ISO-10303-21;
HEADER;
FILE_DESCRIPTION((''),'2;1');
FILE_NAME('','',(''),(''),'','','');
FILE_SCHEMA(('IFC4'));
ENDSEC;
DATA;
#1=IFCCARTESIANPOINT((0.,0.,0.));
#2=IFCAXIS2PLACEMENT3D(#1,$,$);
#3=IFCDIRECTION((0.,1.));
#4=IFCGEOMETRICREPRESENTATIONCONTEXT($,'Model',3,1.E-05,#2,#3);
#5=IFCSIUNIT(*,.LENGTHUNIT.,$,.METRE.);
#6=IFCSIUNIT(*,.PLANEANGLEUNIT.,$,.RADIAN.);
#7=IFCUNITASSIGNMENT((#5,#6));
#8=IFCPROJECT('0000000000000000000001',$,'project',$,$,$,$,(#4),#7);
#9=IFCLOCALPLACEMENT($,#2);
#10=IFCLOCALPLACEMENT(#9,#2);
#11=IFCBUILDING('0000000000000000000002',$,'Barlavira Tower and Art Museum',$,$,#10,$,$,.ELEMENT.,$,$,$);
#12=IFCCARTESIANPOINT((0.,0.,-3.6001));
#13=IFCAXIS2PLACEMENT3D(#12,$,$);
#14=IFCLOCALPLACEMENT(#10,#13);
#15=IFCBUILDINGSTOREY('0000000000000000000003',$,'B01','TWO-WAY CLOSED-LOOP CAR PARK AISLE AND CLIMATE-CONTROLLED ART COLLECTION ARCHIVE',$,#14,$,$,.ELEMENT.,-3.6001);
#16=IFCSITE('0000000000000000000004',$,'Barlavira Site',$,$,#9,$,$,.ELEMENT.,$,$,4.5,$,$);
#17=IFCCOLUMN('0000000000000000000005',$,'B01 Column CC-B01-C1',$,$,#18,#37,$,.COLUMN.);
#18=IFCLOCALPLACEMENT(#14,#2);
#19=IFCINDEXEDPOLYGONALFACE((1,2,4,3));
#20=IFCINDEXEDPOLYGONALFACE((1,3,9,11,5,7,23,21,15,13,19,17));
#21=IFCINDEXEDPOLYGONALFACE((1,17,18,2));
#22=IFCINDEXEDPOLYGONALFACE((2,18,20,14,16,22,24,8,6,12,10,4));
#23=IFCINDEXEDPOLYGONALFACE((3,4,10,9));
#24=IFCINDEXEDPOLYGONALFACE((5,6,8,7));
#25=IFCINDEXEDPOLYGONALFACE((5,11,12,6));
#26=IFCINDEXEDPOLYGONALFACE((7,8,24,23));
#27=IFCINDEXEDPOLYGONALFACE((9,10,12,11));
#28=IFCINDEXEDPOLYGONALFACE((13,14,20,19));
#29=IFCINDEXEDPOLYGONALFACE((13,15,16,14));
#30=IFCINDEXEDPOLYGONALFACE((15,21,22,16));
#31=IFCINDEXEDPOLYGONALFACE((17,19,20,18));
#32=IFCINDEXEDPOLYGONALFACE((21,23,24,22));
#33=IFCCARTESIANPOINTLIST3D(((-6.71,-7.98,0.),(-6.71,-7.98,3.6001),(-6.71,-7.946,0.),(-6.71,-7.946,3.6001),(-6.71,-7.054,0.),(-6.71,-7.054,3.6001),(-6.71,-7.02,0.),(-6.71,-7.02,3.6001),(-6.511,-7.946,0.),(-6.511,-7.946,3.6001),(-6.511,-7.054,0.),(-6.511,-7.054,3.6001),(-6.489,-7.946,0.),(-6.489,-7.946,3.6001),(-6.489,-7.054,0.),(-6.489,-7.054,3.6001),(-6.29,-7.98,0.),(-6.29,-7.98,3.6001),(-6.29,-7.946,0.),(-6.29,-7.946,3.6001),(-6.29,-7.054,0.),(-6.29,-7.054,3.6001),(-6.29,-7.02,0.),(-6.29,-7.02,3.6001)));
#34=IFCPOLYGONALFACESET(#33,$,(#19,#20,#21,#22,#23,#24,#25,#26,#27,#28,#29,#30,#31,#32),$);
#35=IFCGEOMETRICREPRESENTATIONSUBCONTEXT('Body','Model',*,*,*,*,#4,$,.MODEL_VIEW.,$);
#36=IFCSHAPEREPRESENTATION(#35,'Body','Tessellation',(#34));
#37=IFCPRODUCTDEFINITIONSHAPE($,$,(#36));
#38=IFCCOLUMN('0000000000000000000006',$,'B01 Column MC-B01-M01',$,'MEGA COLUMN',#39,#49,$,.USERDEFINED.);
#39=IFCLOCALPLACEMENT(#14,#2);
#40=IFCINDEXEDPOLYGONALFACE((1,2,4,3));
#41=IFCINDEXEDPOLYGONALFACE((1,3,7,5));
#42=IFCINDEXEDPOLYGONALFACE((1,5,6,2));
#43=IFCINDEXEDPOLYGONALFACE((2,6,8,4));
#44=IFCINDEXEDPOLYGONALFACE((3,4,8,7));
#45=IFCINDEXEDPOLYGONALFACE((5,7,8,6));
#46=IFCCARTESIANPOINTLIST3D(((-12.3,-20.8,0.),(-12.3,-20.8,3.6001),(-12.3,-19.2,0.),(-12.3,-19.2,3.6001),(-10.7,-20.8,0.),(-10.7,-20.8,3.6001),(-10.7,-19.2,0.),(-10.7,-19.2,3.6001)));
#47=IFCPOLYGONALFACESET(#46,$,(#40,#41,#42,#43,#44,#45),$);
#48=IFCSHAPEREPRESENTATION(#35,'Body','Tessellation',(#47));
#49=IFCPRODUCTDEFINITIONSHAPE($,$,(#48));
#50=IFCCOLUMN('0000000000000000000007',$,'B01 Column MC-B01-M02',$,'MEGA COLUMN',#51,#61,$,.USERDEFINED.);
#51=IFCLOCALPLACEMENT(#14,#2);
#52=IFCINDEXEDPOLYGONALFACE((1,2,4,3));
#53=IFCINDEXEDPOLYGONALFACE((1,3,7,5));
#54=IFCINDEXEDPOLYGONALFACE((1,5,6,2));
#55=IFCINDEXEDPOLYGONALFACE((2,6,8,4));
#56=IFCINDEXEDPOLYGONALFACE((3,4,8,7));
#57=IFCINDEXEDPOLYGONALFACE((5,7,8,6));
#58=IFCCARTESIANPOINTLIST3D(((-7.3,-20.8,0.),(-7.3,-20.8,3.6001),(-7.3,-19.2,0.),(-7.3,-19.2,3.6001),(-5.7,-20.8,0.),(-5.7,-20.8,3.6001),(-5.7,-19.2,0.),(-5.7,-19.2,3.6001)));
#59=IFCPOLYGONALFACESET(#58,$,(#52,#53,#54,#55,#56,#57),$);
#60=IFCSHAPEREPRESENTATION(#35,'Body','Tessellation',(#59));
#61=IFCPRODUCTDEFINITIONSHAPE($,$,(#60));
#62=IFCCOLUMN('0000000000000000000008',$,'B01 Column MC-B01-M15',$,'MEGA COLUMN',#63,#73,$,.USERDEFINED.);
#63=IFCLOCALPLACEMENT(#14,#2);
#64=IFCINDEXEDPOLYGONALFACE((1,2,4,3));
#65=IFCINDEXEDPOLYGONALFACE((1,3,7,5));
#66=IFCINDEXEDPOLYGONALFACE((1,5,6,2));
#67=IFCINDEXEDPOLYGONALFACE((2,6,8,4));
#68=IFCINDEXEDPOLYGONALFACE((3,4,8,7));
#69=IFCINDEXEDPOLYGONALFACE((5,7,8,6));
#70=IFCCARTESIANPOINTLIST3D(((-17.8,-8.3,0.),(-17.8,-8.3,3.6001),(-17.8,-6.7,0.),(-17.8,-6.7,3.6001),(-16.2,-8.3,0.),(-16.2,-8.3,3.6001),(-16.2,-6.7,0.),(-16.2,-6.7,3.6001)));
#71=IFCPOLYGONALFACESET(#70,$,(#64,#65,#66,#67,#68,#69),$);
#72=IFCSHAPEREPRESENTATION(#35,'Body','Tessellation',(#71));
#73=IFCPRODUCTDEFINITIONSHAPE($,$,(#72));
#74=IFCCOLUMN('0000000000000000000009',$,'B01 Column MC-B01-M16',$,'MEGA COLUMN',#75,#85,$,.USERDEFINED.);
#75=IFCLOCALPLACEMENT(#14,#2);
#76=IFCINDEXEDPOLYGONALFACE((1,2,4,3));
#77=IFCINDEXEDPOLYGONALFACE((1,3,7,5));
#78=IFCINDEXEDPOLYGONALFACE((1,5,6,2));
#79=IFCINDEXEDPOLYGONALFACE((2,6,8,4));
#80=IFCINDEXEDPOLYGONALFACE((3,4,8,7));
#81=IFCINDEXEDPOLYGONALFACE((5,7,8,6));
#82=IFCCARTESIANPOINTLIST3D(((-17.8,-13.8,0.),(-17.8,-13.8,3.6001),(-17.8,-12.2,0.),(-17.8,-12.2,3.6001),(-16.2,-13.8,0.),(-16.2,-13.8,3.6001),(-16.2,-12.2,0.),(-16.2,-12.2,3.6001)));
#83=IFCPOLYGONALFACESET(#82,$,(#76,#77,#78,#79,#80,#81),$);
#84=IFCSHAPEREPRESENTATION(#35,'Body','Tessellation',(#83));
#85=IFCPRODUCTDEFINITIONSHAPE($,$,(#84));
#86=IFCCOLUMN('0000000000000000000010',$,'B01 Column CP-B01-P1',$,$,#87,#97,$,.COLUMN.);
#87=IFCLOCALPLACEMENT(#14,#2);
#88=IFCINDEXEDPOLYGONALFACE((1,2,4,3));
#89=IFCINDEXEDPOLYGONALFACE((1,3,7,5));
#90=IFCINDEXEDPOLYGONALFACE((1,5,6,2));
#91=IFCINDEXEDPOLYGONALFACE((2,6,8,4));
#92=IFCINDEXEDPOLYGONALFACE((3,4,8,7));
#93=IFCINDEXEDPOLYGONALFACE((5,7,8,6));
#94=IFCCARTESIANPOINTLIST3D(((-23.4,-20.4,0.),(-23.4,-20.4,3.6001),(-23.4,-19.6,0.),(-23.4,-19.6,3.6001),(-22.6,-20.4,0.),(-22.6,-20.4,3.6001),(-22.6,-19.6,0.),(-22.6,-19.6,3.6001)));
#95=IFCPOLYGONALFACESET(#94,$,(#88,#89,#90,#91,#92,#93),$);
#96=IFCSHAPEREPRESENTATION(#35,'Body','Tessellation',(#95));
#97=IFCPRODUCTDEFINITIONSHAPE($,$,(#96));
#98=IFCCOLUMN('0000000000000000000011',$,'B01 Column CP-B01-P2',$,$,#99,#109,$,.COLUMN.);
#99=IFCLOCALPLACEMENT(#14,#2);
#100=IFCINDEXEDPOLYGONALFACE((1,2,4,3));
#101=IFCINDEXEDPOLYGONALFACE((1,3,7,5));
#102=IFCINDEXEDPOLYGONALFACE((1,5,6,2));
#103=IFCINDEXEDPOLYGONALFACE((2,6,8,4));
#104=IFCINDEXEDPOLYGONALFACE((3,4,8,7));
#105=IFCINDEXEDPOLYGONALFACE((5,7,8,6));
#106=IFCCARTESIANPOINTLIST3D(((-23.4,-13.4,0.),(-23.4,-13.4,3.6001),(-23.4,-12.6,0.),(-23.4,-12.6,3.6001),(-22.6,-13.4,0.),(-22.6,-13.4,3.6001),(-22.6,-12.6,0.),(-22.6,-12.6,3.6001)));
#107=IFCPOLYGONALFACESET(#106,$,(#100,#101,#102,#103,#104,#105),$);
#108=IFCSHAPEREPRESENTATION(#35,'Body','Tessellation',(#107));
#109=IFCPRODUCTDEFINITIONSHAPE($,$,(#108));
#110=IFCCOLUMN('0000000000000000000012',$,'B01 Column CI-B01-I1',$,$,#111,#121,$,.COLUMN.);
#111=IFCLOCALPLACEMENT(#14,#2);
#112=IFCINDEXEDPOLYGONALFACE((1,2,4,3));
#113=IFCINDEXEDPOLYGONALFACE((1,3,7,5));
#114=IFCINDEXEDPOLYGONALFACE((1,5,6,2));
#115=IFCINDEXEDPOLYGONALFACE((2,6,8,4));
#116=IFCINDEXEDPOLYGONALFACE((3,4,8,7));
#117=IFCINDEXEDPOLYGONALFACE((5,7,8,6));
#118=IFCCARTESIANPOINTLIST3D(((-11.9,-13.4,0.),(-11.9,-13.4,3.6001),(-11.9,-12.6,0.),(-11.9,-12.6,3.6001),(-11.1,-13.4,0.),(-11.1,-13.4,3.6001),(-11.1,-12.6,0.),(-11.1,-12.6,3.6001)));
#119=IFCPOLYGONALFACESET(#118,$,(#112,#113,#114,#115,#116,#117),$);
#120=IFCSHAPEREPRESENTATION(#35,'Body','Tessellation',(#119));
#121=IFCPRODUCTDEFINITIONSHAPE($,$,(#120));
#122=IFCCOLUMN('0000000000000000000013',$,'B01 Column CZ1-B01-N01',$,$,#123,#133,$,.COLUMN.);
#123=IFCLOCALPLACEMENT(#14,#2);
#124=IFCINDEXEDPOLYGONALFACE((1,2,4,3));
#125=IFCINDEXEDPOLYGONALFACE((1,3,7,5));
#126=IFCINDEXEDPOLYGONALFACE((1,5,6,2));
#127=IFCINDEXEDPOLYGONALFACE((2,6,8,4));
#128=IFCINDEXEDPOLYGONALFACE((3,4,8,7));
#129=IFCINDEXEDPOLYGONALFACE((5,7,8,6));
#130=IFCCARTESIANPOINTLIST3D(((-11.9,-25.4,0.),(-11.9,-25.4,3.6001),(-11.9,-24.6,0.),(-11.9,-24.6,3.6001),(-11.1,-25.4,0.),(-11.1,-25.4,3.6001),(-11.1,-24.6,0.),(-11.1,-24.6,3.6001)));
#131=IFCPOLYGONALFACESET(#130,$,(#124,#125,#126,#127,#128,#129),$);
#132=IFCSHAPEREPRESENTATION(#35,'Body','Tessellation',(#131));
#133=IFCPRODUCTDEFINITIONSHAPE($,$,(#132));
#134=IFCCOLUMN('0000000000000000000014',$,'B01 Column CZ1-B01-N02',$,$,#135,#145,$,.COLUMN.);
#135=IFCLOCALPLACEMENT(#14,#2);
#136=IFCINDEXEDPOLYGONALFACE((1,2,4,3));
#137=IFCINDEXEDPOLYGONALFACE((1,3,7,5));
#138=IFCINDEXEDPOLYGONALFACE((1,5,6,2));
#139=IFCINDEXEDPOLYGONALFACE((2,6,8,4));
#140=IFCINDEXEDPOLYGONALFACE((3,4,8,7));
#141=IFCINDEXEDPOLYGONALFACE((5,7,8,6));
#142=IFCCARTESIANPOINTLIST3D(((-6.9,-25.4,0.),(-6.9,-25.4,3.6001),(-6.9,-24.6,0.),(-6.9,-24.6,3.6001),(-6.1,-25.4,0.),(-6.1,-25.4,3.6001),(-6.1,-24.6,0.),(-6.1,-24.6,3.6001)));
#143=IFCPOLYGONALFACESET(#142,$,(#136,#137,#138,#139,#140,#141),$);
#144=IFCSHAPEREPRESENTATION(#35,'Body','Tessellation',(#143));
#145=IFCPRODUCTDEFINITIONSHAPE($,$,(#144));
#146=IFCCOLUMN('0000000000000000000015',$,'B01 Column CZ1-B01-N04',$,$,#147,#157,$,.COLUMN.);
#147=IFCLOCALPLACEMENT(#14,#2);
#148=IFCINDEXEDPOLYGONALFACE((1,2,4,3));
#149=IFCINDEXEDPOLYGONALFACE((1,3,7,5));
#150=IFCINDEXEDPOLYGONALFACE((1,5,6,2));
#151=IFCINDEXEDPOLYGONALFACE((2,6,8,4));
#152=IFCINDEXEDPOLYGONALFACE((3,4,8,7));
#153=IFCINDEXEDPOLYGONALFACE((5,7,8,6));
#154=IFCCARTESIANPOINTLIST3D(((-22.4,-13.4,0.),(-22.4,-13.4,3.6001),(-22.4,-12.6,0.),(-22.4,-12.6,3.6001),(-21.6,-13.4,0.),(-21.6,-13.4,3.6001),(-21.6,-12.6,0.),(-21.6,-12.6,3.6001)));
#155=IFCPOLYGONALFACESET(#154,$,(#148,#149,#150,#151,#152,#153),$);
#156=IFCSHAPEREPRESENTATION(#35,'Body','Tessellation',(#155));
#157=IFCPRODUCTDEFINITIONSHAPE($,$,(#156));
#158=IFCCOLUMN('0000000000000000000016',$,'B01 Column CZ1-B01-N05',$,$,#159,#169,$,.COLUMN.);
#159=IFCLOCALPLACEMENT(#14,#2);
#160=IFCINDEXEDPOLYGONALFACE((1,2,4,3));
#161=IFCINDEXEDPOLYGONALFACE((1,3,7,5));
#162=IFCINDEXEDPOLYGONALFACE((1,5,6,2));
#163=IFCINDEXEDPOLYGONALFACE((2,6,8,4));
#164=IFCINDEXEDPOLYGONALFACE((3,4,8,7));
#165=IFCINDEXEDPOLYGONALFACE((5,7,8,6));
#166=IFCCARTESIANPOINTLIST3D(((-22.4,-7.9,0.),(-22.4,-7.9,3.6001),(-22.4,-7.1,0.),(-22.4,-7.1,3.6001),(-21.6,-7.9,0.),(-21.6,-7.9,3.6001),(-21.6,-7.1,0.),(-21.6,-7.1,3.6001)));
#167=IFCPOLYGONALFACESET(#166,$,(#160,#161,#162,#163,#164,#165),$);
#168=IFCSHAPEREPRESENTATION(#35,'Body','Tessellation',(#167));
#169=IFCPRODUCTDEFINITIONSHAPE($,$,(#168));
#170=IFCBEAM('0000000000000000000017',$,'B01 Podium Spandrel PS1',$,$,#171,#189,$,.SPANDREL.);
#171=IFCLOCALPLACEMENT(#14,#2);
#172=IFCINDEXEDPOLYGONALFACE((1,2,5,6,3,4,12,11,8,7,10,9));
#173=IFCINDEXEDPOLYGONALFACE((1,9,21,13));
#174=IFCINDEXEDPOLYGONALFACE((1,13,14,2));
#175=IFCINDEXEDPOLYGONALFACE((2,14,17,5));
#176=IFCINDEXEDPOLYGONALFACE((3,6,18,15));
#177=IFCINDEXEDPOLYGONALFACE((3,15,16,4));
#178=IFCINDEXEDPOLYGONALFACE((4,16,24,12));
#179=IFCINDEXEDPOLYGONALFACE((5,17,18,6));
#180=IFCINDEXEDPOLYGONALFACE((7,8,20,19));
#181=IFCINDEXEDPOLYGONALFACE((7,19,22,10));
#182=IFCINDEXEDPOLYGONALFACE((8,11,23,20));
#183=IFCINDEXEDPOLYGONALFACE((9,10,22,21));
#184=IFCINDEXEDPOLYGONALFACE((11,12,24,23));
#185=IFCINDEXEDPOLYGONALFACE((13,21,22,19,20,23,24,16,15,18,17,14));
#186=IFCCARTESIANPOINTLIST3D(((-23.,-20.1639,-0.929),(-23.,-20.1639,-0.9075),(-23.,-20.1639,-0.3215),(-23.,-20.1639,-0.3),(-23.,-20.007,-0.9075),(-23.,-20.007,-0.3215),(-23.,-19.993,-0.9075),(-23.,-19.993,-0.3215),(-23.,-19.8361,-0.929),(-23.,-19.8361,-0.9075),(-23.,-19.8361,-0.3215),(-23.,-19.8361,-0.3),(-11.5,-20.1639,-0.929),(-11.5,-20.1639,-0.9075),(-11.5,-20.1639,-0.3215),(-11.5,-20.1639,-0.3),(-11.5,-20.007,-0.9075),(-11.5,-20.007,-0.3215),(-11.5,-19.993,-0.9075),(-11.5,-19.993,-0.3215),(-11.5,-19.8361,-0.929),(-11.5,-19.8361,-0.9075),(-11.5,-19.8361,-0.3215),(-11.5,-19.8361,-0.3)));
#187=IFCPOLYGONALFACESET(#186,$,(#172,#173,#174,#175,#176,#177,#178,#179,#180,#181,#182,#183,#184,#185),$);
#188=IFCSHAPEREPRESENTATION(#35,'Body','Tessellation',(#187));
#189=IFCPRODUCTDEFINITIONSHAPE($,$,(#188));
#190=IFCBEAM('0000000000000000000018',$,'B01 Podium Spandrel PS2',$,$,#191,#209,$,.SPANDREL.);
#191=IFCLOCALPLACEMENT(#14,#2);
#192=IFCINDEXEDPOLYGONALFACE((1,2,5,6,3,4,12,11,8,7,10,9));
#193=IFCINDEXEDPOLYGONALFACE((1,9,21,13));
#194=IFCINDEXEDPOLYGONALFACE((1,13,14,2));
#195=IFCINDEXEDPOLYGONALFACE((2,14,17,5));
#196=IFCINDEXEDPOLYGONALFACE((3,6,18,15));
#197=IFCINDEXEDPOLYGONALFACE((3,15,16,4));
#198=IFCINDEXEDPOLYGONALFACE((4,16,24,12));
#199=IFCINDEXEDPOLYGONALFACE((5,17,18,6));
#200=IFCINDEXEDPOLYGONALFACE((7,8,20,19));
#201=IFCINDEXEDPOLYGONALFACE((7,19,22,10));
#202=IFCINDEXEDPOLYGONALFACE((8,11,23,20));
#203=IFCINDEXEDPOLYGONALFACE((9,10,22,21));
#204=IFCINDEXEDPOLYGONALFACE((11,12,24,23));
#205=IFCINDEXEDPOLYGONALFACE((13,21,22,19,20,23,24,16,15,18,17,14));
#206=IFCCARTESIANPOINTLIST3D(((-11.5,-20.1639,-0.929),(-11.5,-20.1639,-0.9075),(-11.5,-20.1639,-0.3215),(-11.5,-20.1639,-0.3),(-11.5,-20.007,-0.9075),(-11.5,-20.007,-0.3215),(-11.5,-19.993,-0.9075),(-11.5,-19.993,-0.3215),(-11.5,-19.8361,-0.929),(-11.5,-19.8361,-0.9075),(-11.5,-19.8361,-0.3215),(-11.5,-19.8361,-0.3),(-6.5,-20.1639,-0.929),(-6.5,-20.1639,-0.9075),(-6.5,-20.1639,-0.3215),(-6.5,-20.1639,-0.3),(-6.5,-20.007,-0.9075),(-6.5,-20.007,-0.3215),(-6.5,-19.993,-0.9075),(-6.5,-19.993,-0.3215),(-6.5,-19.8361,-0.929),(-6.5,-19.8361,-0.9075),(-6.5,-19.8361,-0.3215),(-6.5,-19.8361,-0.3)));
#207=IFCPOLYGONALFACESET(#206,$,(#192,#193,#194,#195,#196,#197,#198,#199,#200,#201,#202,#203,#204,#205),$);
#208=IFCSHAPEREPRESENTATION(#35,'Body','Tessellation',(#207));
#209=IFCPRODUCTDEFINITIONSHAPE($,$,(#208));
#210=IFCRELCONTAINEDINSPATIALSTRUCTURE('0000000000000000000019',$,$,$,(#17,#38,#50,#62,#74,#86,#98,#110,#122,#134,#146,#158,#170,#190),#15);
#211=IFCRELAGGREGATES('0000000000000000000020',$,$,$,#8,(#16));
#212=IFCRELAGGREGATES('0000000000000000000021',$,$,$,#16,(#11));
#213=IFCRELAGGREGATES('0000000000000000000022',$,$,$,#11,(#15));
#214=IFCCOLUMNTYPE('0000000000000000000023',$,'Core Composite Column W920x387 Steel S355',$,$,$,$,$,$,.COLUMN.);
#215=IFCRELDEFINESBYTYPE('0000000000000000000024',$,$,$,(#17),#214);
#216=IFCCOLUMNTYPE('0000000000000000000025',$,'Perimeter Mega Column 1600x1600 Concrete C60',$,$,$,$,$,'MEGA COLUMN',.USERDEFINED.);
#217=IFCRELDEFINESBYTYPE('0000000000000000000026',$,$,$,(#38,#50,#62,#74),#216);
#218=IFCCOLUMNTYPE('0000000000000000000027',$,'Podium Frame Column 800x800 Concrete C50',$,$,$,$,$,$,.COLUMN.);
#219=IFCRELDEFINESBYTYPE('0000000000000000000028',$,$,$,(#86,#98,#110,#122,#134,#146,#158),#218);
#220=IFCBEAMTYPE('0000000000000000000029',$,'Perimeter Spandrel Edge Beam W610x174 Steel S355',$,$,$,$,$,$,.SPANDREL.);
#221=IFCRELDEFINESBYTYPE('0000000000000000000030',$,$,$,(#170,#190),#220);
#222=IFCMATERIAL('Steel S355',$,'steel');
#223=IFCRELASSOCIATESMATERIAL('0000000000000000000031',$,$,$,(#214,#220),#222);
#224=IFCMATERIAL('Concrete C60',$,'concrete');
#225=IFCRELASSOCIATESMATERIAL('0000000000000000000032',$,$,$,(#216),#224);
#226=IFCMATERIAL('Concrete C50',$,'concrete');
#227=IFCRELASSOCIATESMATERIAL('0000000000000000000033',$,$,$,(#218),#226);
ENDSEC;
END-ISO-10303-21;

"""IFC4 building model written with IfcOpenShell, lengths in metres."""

from ifc_helpers import new_model, si_unit, direction, frame, origin, origin_2d, place, context, subcontext, project, spatial, rectangle, i_section, extrude, material, material_profile, profile_set, type_object, element, save


model = new_model("IFC4")

# Units and contexts
model_context = context("Model", 3, precision=1e-05, world=origin(), true_north=direction((0.0, 1.0)))
body_context = subcontext(model_context, "Body", "Model", "MODEL_VIEW")
ifc_project = project(units=[si_unit("LENGTHUNIT", "METRE"), si_unit("PLANEANGLEUNIT", "RADIAN")], contexts=[model_context])

# Site, building, storey
site_placement = place(None, origin())
site = spatial("IfcSite", under=ifc_project, at=site_placement, Name="Barlavira Site", CompositionType="ELEMENT", RefElevation=4.5)
building_placement = place(site_placement, origin())
building = spatial("IfcBuilding", under=site, at=building_placement, Name="Barlavira Tower and Art Museum", CompositionType="ELEMENT")
storey_placement = place(building_placement, frame((0.0, 0.0, -3.6001)))
storey = spatial("IfcBuildingStorey", under=building, at=storey_placement, Name="B01", Description="TWO-WAY CLOSED-LOOP CAR PARK AISLE AND CLIMATE-CONTROLLED ART COLLECTION ARCHIVE", CompositionType="ELEMENT", Elevation=-3.6001)

# Columns
ifc_material_1 = material(Name="Steel S355", Category="steel")
ifc_material_profile_1 = material_profile(ifc_material_1, i_section(OverallWidth=0.4199, OverallDepth=0.96, WebThickness=0.022, FlangeThickness=0.0339, at=origin_2d()), Name="W920x387.0")
ifc_profile_set_1 = profile_set([ifc_material_profile_1], Name="Steel S355")
column_type_1 = type_object("IfcColumnType", Name="Core Composite Column W920x387 Steel S355", PredefinedType="COLUMN", material=ifc_profile_set_1)
column_placement = place(storey_placement, frame((-6.5, -7.5, 0.0), z_axis=(0.0, 0.0, 1.0), x_axis=(1.0, 0.0, 0.0)))
element("IfcColumn", 1, at=column_placement, inside=storey, type_object=column_type_1, Name="B01 Column CC-B01-C1", PredefinedType="COLUMN", context=body_context, shape_type="SweptSolid", body=[
    extrude(i_section(OverallWidth=0.4199, OverallDepth=0.96, WebThickness=0.022, FlangeThickness=0.0339, at=origin_2d()), origin(), (0.0, 0.0, 1.0), 3.6001),
])
ifc_material_2 = material(Name="Concrete C60", Category="concrete")
ifc_material_profile_2 = material_profile(ifc_material_2, rectangle(XDim=1.6001, YDim=1.6001, at=origin_2d()), Name="RC-MCOL 1600x1600")
ifc_profile_set_2 = profile_set([ifc_material_profile_2], Name="Concrete C60")
column_type_2 = type_object("IfcColumnType", Name="Perimeter Mega Column 1600x1600 Concrete C60", ElementType="MEGA COLUMN", PredefinedType="USERDEFINED", material=ifc_profile_set_2)
for number, where, z_axis, x_axis, name in (
    (2, (-11.5, -20.0, 0.0), (0.0, 0.0, 1.0), (1.0, 0.0, 0.0), "B01 Column MC-B01-M01"),
    (3, (-6.5, -20.0, 0.0), (0.0, 0.0, 1.0), (1.0, 0.0, 0.0), "B01 Column MC-B01-M02"),
    (4, (-17.0, -7.5, 0.0), (0.0, 0.0, 1.0), (1.0, 0.0, 0.0), "B01 Column MC-B01-M15"),
    (5, (-17.0, -13.0, 0.0), (0.0, 0.0, 1.0), (1.0, 0.0, 0.0), "B01 Column MC-B01-M16"),
):
    element("IfcColumn", number, at=place(storey_placement, frame(where, z_axis=z_axis, x_axis=x_axis)), inside=storey, type_object=column_type_2, Name=name, ObjectType="MEGA COLUMN", PredefinedType="USERDEFINED", context=body_context, shape_type="SweptSolid", body=[
        extrude(rectangle(XDim=1.6001, YDim=1.6001, at=origin_2d()), origin(), (0.0, 0.0, 1.0), 3.6001),
    ])
ifc_material_3 = material(Name="Concrete C50", Category="concrete")
ifc_material_profile_3 = material_profile(ifc_material_3, rectangle(XDim=0.8, YDim=0.8, at=origin_2d()), Name="RC-COL 800x800")
ifc_profile_set_3 = profile_set([ifc_material_profile_3], Name="Concrete C50")
column_type_3 = type_object("IfcColumnType", Name="Podium Frame Column 800x800 Concrete C50", PredefinedType="COLUMN", material=ifc_profile_set_3)
for number, where, z_axis, x_axis, name in (
    (6, (-23.0, -20.0, 0.0), (0.0, 0.0, 1.0), (1.0, 0.0, 0.0), "B01 Column CP-B01-P1"),
    (7, (-23.0, -13.0, 0.0), (0.0, 0.0, 1.0), (1.0, 0.0, 0.0), "B01 Column CP-B01-P2"),
    (8, (-11.5, -13.0, 0.0), (0.0, 0.0, 1.0), (1.0, 0.0, 0.0), "B01 Column CI-B01-I1"),
    (9, (-11.5, -25.0, 0.0), (0.0, 0.0, 1.0), (1.0, 0.0, 0.0), "B01 Column CZ1-B01-N01"),
    (10, (-6.5, -25.0, 0.0), (0.0, 0.0, 1.0), (1.0, 0.0, 0.0), "B01 Column CZ1-B01-N02"),
    (11, (-22.0, -13.0, 0.0), (0.0, 0.0, 1.0), (1.0, 0.0, 0.0), "B01 Column CZ1-B01-N04"),
    (12, (-22.0, -7.5, 0.0), (0.0, 0.0, 1.0), (1.0, 0.0, 0.0), "B01 Column CZ1-B01-N05"),
):
    element("IfcColumn", number, at=place(storey_placement, frame(where, z_axis=z_axis, x_axis=x_axis)), inside=storey, type_object=column_type_3, Name=name, PredefinedType="COLUMN", context=body_context, shape_type="SweptSolid", body=[
        extrude(rectangle(XDim=0.8, YDim=0.8, at=origin_2d()), origin(), (0.0, 0.0, 1.0), 3.6001),
    ])

# Beams
ifc_material_profile_4 = material_profile(ifc_material_1, i_section(OverallWidth=0.3279, OverallDepth=0.6289, WebThickness=0.0139, FlangeThickness=0.0215, at=origin_2d()), Name="W610x174.0")
ifc_profile_set_4 = profile_set([ifc_material_profile_4], Name="Steel S355")
beam_type_1 = type_object("IfcBeamType", Name="Perimeter Spandrel Edge Beam W610x174 Steel S355", PredefinedType="SPANDREL", material=ifc_profile_set_4)
beam_1_placement = place(storey_placement, frame((-23.0, -20.0, -0.6145), z_axis=(1.0, 0.0, 0.0), x_axis=(0.0, 1.0, 0.0)))
element("IfcBeam", 13, at=beam_1_placement, inside=storey, type_object=beam_type_1, Name="B01 Podium Spandrel PS1", PredefinedType="SPANDREL", context=body_context, shape_type="SweptSolid", body=[
    extrude(i_section(OverallWidth=0.3279, OverallDepth=0.6289, WebThickness=0.0139, FlangeThickness=0.0215, at=origin_2d()), origin(), (0.0, 0.0, 1.0), 11.5),
])
beam_2_placement = place(storey_placement, frame((-11.5, -20.0, -0.6145), z_axis=(1.0, 0.0, 0.0), x_axis=(0.0, 1.0, 0.0)))
element("IfcBeam", 14, at=beam_2_placement, inside=storey, type_object=beam_type_1, Name="B01 Podium Spandrel PS2", PredefinedType="SPANDREL", context=body_context, shape_type="SweptSolid", body=[
    extrude(i_section(OverallWidth=0.3279, OverallDepth=0.6289, WebThickness=0.0139, FlangeThickness=0.0215, at=origin_2d()), origin(), (0.0, 0.0, 1.0), 5.0),
])

save(model, "model.ifc")
